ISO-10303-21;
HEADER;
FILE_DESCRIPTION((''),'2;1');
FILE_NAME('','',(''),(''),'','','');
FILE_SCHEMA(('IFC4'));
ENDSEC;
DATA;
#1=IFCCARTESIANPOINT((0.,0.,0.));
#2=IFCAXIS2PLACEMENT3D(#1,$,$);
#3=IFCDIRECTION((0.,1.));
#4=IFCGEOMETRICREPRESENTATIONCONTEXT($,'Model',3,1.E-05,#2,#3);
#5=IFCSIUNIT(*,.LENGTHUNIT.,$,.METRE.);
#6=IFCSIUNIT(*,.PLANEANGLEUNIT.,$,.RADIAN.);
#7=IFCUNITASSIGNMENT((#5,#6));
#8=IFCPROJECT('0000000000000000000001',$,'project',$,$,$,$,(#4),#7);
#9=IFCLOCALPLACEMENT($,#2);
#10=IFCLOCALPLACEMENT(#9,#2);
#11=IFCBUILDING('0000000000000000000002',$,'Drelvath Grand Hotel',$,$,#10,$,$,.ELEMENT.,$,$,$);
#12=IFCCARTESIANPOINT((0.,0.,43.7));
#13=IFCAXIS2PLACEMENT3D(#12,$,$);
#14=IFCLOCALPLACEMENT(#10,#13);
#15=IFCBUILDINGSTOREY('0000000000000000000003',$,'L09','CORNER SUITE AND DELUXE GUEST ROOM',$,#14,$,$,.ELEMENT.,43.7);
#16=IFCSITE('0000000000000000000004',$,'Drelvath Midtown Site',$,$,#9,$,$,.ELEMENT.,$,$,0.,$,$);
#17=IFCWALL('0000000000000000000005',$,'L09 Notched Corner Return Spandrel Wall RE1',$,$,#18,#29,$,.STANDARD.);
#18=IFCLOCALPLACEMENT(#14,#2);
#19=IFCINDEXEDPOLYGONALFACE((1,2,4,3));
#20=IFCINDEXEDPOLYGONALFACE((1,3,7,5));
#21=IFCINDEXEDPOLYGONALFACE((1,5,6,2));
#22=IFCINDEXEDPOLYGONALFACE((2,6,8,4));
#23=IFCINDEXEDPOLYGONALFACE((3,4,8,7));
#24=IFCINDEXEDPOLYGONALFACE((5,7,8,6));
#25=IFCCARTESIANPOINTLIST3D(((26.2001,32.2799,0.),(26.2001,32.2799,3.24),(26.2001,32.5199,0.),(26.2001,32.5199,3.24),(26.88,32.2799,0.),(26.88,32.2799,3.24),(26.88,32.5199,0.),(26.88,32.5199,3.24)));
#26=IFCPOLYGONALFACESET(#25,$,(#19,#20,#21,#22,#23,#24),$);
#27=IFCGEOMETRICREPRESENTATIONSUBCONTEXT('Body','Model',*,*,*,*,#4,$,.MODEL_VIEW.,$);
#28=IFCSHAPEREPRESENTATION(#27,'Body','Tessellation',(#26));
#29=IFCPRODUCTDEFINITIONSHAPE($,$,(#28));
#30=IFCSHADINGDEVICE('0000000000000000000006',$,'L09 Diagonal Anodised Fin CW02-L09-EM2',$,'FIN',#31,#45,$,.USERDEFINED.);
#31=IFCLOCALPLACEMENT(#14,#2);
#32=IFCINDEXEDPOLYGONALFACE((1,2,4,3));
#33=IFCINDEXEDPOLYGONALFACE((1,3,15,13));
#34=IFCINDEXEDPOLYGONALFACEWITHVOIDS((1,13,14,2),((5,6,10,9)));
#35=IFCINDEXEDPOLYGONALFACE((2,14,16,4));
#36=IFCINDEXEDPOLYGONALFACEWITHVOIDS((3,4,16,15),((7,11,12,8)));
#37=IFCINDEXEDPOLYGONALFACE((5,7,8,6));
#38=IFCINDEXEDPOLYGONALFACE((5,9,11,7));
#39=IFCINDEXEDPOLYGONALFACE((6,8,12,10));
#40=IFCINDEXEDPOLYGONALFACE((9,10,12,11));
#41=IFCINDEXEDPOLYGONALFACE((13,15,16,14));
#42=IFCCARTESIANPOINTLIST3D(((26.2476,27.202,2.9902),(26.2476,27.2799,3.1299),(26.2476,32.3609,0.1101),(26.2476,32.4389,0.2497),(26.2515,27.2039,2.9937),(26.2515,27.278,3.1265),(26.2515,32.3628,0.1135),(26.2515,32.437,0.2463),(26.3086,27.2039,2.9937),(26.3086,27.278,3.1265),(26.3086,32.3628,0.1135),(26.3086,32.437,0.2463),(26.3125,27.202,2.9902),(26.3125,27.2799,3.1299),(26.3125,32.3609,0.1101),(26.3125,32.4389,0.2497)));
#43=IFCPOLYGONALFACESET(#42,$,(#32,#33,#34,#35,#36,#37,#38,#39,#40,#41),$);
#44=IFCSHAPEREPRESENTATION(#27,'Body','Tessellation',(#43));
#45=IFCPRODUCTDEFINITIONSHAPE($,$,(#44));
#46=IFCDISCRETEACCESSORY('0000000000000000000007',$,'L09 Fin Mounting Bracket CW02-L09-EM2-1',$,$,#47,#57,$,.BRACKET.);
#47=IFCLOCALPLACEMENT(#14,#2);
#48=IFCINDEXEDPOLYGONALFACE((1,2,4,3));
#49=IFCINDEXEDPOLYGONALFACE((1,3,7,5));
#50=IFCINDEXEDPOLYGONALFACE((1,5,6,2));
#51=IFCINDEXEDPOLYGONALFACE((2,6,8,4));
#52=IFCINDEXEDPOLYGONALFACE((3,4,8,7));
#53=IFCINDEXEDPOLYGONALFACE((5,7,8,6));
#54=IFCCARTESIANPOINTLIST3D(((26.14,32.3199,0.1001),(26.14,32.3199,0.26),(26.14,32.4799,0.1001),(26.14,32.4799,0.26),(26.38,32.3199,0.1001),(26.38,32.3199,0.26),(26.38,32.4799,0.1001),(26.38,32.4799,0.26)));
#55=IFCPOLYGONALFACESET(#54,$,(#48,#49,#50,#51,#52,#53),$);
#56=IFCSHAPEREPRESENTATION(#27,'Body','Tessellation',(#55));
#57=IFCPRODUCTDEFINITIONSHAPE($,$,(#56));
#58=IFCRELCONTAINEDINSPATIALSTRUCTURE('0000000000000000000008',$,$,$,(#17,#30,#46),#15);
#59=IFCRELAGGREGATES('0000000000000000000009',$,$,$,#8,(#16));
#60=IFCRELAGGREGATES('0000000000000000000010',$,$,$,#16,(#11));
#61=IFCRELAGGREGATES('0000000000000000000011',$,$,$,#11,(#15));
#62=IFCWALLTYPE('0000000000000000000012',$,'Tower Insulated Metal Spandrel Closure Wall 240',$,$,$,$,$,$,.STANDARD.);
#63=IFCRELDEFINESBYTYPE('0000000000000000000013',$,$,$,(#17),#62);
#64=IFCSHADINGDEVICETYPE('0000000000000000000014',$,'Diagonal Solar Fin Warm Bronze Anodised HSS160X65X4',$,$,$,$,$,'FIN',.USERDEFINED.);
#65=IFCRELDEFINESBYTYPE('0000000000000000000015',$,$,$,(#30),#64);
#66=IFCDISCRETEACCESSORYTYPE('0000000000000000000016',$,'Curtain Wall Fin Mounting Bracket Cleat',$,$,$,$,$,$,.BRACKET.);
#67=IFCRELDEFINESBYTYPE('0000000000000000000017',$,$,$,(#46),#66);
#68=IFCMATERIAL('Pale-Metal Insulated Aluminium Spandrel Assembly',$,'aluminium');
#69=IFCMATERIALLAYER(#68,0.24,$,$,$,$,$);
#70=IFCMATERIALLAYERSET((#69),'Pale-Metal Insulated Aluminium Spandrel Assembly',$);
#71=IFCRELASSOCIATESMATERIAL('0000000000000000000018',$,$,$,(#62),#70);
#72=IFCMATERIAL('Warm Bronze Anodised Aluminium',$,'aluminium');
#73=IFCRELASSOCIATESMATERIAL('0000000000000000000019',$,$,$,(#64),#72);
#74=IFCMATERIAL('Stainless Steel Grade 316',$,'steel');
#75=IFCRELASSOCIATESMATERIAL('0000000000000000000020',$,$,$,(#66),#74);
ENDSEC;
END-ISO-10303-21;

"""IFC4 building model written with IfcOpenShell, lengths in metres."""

from ifc_helpers import new_model, si_unit, direction, frame, frame_2d, origin, origin_2d, place, context, subcontext, project, spatial, rectangle, hollow_rectangle, extrude, material, layer, layer_set, material_profile, profile_set, type_object, element, save


model = new_model("IFC4")

# Units and contexts
model_context = context("Model", 3, precision=1e-05, world=origin(), true_north=direction((0.0, 1.0)))
body_context = subcontext(model_context, "Body", "Model", "MODEL_VIEW")
ifc_project = project(units=[si_unit("LENGTHUNIT", "METRE"), si_unit("PLANEANGLEUNIT", "RADIAN")], contexts=[model_context])

# Site, building, storey
site_placement = place(None, origin())
site = spatial("IfcSite", under=ifc_project, at=site_placement, Name="Drelvath Midtown Site", CompositionType="ELEMENT", RefElevation=0.0)
building_placement = place(site_placement, origin())
building = spatial("IfcBuilding", under=site, at=building_placement, Name="Drelvath Grand Hotel", CompositionType="ELEMENT")
storey_placement = place(building_placement, frame((0.0, 0.0, 43.7)))
storey = spatial("IfcBuildingStorey", under=building, at=storey_placement, Name="L09", Description="CORNER SUITE AND DELUXE GUEST ROOM", CompositionType="ELEMENT", Elevation=43.7)

# Wall
ifc_material_1 = material(Name="Pale-Metal Insulated Aluminium Spandrel Assembly", Category="aluminium")
ifc_layer_1 = layer(ifc_material_1, 0.24)
ifc_layer_set_1 = layer_set([ifc_layer_1], Name="Pale-Metal Insulated Aluminium Spandrel Assembly")
wall_type_1 = type_object("IfcWallType", Name="Tower Insulated Metal Spandrel Closure Wall 240", PredefinedType="STANDARD", material=ifc_layer_set_1)
wall_1_placement = place(storey_placement, frame((26.8799, 32.3999, 0.0), z_axis=(0.0, 0.0, 1.0), x_axis=(-1.0, 0.0, 0.0)))
element("IfcWall", 1, at=wall_1_placement, inside=storey, type_object=wall_type_1, Name="L09 Notched Corner Return Spandrel Wall RE1", PredefinedType="STANDARD", context=body_context, shape_type="SweptSolid", body=[
    extrude(rectangle(XDim=0.6799, YDim=0.24, at=frame_2d((0.3398, 0.0))), origin(), (0.0, 0.0, 1.0), 3.24),
])

# Shading device
ifc_material_2 = material(Name="Warm Bronze Anodised Aluminium", Category="aluminium")
ifc_material_profile_1 = material_profile(ifc_material_2, hollow_rectangle(XDim=0.0649, YDim=0.1599, WallThickness=0.0039, at=origin_2d()), Name="HSS160X65X4")
ifc_profile_set_1 = profile_set([ifc_material_profile_1], Name="Warm Bronze Anodised Aluminium")
shading_device_type = type_object("IfcShadingDeviceType", Name="Diagonal Solar Fin Warm Bronze Anodised HSS160X65X4", ElementType="FIN", PredefinedType="USERDEFINED", material=ifc_profile_set_1)
shading_device_placement = place(storey_placement, frame((26.28, 32.3999, 0.1799), z_axis=(0.0, -0.873146, 0.487459), x_axis=(1.0, 0.0, 0.0)))
element("IfcShadingDevice", 2, at=shading_device_placement, inside=storey, type_object=shading_device_type, Name="L09 Diagonal Anodised Fin CW02-L09-EM2", ObjectType="FIN", PredefinedType="USERDEFINED", context=body_context, shape_type="SweptSolid", body=[
    extrude(hollow_rectangle(XDim=0.0649, YDim=0.1599, WallThickness=0.0039, at=origin_2d()), origin(), (0.0, 0.0, 1.0), 5.9084),
])

# Discrete accessory
ifc_material_3 = material(Name="Stainless Steel Grade 316", Category="steel")
discrete_accessory_type = type_object("IfcDiscreteAccessoryType", Name="Curtain Wall Fin Mounting Bracket Cleat", PredefinedType="BRACKET", material=ifc_material_3)
discrete_accessory_placement = place(storey_placement, frame((26.26, 32.3999, 0.1001), z_axis=(0.0, 0.0, 1.0), x_axis=(0.0, -1.0, 0.0)))
element("IfcDiscreteAccessory", 3, at=discrete_accessory_placement, inside=storey, type_object=discrete_accessory_type, Name="L09 Fin Mounting Bracket CW02-L09-EM2-1", PredefinedType="BRACKET", context=body_context, shape_type="SweptSolid", body=[
    extrude(rectangle(XDim=0.1599, YDim=0.24, at=origin_2d()), origin(), (0.0, 0.0, 1.0), 0.1599),
])

save(model, "model.ifc")
